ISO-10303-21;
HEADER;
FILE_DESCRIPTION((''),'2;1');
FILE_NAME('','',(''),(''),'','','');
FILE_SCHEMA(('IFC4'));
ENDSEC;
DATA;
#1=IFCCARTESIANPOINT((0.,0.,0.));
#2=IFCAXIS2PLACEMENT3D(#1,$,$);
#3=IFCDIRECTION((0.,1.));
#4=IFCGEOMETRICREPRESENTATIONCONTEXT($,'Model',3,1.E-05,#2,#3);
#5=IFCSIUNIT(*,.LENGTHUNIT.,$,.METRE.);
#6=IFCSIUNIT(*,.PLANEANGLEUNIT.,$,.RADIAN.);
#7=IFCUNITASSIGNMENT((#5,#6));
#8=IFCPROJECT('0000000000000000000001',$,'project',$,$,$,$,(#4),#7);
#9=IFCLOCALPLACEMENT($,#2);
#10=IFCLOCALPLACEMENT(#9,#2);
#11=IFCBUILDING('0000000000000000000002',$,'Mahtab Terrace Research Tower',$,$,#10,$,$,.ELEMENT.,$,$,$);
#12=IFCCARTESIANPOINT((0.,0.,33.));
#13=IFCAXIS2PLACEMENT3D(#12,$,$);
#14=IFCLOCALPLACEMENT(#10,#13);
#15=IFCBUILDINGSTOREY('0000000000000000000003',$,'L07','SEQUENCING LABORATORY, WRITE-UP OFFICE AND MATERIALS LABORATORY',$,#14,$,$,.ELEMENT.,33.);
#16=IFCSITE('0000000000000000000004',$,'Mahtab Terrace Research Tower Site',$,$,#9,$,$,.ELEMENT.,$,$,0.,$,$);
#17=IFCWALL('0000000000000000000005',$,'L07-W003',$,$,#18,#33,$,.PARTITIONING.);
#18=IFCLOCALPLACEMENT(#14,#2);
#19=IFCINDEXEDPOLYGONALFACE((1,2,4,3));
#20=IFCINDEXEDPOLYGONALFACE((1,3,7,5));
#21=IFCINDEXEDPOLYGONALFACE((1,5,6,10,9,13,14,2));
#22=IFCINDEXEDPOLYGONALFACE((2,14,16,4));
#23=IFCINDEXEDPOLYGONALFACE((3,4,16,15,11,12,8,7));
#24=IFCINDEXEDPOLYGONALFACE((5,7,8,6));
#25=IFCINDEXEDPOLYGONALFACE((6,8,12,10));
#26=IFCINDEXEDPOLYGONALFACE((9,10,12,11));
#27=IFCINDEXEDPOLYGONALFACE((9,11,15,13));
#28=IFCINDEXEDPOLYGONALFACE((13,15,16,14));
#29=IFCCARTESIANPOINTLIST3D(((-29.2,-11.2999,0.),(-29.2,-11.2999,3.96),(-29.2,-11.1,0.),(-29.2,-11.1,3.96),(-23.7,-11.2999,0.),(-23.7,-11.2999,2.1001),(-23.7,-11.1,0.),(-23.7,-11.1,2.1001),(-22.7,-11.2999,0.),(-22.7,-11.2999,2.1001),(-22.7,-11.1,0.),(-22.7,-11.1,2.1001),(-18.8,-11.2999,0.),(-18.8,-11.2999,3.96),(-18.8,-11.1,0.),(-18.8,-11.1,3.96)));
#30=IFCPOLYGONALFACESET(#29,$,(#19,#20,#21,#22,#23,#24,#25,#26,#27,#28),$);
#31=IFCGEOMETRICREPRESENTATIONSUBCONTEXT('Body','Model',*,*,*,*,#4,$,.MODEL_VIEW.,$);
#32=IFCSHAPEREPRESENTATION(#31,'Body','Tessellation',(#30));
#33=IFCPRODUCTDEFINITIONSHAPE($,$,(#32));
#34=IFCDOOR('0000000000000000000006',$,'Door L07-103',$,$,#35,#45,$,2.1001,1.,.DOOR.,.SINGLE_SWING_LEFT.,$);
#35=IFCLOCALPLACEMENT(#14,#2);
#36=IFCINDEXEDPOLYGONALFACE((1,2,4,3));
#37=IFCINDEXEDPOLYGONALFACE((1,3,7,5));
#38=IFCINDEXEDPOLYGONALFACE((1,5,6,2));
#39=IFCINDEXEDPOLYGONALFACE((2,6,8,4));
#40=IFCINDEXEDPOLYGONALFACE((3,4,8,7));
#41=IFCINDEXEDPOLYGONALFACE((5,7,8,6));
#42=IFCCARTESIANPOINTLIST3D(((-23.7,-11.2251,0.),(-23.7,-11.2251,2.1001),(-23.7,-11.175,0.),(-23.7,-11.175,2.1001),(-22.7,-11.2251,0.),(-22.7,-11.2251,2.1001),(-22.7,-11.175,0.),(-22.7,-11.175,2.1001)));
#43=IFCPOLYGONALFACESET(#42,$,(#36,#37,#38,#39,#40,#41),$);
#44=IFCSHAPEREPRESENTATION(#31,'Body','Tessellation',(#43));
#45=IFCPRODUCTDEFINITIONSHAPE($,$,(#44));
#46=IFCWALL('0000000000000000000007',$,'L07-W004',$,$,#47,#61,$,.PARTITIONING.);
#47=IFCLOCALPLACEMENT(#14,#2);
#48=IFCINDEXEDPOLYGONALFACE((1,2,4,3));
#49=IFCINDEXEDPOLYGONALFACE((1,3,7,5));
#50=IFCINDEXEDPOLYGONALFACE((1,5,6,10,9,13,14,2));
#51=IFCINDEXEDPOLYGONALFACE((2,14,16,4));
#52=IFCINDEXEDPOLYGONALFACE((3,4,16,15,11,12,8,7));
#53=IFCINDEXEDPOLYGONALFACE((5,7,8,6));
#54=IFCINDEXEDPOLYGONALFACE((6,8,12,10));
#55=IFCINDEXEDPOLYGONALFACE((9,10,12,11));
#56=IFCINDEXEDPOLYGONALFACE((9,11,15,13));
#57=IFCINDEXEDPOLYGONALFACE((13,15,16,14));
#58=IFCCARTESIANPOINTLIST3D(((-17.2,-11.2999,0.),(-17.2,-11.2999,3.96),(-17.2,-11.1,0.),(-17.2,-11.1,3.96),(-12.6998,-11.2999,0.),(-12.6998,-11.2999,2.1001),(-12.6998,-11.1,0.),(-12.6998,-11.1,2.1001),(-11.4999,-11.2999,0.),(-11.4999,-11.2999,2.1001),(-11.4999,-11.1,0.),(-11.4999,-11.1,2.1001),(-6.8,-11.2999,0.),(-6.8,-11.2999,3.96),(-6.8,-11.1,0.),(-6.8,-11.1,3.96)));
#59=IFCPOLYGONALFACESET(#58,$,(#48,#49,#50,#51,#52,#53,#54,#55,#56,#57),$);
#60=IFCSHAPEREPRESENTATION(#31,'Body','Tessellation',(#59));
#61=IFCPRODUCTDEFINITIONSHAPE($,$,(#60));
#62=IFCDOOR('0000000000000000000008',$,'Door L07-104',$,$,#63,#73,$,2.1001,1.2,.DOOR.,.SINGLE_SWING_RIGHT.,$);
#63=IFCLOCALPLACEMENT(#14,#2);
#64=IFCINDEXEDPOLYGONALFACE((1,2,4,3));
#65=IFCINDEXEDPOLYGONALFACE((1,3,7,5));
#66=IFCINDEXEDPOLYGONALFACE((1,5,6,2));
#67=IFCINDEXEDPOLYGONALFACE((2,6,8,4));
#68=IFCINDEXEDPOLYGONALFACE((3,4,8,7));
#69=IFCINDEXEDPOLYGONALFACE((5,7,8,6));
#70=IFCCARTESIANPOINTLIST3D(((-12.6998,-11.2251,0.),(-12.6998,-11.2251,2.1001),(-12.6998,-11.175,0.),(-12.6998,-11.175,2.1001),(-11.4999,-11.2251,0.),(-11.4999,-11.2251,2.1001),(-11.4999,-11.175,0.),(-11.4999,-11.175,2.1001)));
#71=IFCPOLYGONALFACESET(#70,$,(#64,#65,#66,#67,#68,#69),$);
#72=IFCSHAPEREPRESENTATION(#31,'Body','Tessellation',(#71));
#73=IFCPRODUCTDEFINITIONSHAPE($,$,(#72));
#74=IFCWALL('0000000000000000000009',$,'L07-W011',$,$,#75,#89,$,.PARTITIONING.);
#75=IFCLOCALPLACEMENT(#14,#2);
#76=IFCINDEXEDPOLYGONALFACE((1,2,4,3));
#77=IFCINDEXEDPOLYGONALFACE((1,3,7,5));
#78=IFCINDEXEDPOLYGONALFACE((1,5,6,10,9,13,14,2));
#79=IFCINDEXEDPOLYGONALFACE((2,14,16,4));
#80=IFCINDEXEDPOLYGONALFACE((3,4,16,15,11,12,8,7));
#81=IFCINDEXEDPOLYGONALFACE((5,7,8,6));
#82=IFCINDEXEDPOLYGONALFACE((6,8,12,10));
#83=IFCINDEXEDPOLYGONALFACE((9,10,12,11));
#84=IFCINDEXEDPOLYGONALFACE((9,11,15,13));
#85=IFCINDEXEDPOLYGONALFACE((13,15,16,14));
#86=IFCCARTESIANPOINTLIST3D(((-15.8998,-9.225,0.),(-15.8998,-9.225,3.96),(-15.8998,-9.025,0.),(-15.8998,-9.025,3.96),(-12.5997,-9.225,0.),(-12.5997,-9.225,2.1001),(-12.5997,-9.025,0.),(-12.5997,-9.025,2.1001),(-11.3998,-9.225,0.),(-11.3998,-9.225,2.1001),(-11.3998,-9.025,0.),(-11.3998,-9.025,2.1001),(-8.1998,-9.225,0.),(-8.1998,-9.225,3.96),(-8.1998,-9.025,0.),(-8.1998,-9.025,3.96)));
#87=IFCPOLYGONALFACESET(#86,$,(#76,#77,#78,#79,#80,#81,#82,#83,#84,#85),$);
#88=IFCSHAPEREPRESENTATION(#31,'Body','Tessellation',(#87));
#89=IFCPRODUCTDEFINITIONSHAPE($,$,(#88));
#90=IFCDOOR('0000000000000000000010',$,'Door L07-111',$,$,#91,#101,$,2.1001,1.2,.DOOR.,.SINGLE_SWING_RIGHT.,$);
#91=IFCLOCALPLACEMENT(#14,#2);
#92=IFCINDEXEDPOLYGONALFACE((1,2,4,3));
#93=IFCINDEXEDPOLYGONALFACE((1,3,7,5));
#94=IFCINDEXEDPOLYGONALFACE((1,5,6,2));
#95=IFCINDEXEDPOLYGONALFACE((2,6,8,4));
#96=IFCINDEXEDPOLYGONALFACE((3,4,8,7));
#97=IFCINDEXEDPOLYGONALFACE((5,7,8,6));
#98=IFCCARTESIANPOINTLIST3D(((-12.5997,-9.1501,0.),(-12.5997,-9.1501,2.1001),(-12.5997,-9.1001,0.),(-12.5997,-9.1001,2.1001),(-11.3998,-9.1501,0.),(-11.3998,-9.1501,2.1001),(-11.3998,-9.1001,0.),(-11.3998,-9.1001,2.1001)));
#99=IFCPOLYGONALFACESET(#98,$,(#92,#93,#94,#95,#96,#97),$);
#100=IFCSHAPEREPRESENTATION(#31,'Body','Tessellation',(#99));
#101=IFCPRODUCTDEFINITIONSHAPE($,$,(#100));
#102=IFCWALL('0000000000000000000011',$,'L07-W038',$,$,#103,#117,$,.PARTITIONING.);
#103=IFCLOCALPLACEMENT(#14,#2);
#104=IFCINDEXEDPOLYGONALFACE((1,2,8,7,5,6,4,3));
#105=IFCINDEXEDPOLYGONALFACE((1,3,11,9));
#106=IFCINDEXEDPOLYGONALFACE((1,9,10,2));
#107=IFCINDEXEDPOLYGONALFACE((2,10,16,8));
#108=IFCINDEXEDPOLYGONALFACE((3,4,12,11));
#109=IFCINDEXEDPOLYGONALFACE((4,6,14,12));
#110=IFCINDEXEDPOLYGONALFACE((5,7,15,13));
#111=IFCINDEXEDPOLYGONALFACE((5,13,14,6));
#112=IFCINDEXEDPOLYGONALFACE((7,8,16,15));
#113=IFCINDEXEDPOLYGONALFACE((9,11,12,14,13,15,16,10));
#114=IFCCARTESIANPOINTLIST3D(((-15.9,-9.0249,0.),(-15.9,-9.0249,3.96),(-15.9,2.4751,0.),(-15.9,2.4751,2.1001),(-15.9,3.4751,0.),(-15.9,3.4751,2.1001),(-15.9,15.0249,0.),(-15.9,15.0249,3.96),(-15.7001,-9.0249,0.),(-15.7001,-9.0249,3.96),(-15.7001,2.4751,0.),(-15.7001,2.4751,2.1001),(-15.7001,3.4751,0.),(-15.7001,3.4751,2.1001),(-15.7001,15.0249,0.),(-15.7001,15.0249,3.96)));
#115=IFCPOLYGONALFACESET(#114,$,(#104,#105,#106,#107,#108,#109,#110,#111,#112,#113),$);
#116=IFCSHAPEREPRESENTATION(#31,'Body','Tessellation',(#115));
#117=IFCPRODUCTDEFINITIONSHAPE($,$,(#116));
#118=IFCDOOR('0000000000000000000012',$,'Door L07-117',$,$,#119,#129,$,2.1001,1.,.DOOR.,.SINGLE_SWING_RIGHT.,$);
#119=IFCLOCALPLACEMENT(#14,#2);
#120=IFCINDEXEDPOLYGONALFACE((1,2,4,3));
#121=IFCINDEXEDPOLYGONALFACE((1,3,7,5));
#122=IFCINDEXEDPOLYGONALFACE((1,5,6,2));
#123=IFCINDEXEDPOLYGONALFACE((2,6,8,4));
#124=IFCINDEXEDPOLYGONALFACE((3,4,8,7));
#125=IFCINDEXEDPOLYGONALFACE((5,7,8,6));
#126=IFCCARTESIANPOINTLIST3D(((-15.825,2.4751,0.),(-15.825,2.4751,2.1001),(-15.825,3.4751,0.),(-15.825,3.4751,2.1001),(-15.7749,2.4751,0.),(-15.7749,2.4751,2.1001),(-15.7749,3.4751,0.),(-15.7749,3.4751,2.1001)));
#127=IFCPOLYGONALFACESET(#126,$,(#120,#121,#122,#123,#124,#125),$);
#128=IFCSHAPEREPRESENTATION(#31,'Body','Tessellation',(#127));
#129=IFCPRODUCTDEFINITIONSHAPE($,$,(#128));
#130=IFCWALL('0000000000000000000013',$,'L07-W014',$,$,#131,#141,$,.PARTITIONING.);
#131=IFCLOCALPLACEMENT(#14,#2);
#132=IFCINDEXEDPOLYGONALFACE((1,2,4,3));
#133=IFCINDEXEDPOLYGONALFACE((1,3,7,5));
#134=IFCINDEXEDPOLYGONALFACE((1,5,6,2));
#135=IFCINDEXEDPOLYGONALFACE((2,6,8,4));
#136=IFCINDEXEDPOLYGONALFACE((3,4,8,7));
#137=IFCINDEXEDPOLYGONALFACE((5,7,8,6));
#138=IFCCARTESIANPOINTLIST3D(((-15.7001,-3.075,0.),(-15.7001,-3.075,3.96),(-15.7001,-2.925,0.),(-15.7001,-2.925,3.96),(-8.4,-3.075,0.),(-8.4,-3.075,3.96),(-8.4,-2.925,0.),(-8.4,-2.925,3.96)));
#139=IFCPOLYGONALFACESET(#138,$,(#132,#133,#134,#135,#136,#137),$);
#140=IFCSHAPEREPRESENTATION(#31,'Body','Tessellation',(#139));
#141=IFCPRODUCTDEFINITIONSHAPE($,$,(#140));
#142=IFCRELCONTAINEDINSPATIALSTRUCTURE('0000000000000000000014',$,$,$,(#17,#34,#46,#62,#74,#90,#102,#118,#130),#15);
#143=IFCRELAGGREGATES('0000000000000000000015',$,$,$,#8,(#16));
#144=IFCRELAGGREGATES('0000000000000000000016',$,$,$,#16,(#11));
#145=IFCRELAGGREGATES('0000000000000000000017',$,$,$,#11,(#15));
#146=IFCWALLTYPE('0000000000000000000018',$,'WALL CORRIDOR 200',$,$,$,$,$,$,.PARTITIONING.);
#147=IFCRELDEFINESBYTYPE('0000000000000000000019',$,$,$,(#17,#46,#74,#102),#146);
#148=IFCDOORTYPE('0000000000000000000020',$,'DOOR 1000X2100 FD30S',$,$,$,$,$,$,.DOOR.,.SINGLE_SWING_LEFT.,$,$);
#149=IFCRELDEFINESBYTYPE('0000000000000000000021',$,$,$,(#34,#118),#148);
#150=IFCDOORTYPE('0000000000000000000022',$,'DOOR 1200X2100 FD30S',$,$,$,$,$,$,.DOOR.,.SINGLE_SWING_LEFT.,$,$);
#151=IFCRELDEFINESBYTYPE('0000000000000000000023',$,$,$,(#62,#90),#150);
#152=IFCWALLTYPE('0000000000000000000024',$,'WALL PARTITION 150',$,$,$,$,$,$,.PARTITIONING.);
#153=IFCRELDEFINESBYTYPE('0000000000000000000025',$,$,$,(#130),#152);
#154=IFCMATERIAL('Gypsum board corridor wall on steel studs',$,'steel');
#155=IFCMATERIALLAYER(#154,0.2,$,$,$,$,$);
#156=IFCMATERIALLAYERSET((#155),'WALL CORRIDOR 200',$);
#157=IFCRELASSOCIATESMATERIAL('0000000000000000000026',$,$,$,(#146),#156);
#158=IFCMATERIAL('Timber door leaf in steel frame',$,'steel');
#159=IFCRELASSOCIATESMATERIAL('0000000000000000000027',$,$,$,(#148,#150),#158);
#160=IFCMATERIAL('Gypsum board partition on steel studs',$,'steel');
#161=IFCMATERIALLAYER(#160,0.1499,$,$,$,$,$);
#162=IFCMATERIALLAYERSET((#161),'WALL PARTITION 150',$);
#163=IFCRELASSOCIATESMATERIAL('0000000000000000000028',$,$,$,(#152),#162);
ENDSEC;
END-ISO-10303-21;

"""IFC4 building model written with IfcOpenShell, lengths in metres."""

from ifc_helpers import new_model, si_unit, direction, frame, frame_2d, origin, place, context, subcontext, project, spatial, rectangle, extrude, material, layer, layer_set, type_object, element, fill, save


model = new_model("IFC4")

# Units and contexts
model_context = context("Model", 3, precision=1e-05, world=origin(), true_north=direction((0.0, 1.0)))
body_context = subcontext(model_context, "Body", "Model", "MODEL_VIEW")
ifc_project = project(units=[si_unit("LENGTHUNIT", "METRE"), si_unit("PLANEANGLEUNIT", "RADIAN")], contexts=[model_context])

# Site, building, storey
site_placement = place(None, origin())
site = spatial("IfcSite", under=ifc_project, at=site_placement, Name="Mahtab Terrace Research Tower Site", CompositionType="ELEMENT", RefElevation=0.0)
building_placement = place(site_placement, origin())
building = spatial("IfcBuilding", under=site, at=building_placement, Name="Mahtab Terrace Research Tower", CompositionType="ELEMENT")
storey_placement = place(building_placement, frame((0.0, 0.0, 33.0)))
storey = spatial("IfcBuildingStorey", under=building, at=storey_placement, Name="L07", Description="SEQUENCING LABORATORY, WRITE-UP OFFICE AND MATERIALS LABORATORY", CompositionType="ELEMENT", Elevation=33.0)

# Walls, openings, doors
ifc_material_1 = material(Name="Gypsum board corridor wall on steel studs", Category="steel")
ifc_layer_1 = layer(ifc_material_1, 0.2)
ifc_layer_set_1 = layer_set([ifc_layer_1], Name="WALL CORRIDOR 200")
wall_type_1 = type_object("IfcWallType", Name="WALL CORRIDOR 200", PredefinedType="PARTITIONING", material=ifc_layer_set_1)
wall_1_placement = place(storey_placement, frame((-29.2, -11.2, 0.0), z_axis=(0.0, 0.0, 1.0), x_axis=(1.0, 0.0, 0.0)))
wall_1 = element("IfcWall", 1, at=wall_1_placement, inside=storey, type_object=wall_type_1, Name="L07-W003", PredefinedType="PARTITIONING", context=body_context, shape_type="SweptSolid", body=[
    extrude(rectangle(XDim=10.3999, YDim=0.2, at=frame_2d((5.2, 0.0))), origin(), (0.0, 0.0, 1.0), 3.96),
])
opening_1_placement = place(wall_1_placement, frame((5.5, 0.0, 0.0)))
opening_1 = element("IfcOpeningElement", 2, at=opening_1_placement, cuts=wall_1, PredefinedType="OPENING", context=body_context, shape_type="SweptSolid", body=[
    extrude(rectangle(XDim=1.0, YDim=2.1001, at=frame_2d((0.5, 1.05))), frame((0.0, 0.1099, 0.0), z_axis=(0.0, -1.0, 0.0), x_axis=(1.0, 0.0, 0.0)), (0.0, 0.0, 1.0), 0.22),
])
ifc_material_2 = material(Name="Timber door leaf in steel frame", Category="steel")
door_type_1 = type_object("IfcDoorType", Name="DOOR 1000X2100 FD30S", OperationType="SINGLE_SWING_LEFT", PredefinedType="DOOR", material=ifc_material_2)
door_1_placement = place(opening_1_placement, origin())
door_1 = element("IfcDoor", 3, at=door_1_placement, inside=storey, type_object=door_type_1, Name="Door L07-103", OperationType="SINGLE_SWING_LEFT", OverallHeight=2.1001, OverallWidth=1.0, PredefinedType="DOOR", context=body_context, shape_type="SweptSolid", body=[
    extrude(rectangle(XDim=1.0, YDim=2.1001, at=frame_2d((0.5, 1.05))), frame((0.0, 0.0249, 0.0), z_axis=(0.0, -1.0, 0.0), x_axis=(1.0, 0.0, 0.0)), (0.0, 0.0, 1.0), 0.05),
])
fill(opening_1, door_1)
wall_2_placement = place(storey_placement, frame((-17.2, -11.2, 0.0), z_axis=(0.0, 0.0, 1.0), x_axis=(1.0, 0.0, 0.0)))
wall_2 = element("IfcWall", 4, at=wall_2_placement, inside=storey, type_object=wall_type_1, Name="L07-W004", PredefinedType="PARTITIONING", context=body_context, shape_type="SweptSolid", body=[
    extrude(rectangle(XDim=10.3999, YDim=0.2, at=frame_2d((5.2, 0.0))), origin(), (0.0, 0.0, 1.0), 3.96),
])
opening_2_placement = place(wall_2_placement, frame((4.5, 0.0, 0.0)))
opening_2 = element("IfcOpeningElement", 5, at=opening_2_placement, cuts=wall_2, PredefinedType="OPENING", context=body_context, shape_type="SweptSolid", body=[
    extrude(rectangle(XDim=1.2, YDim=2.1001, at=frame_2d((0.6001, 1.05))), frame((0.0, 0.1099, 0.0), z_axis=(0.0, -1.0, 0.0), x_axis=(1.0, 0.0, 0.0)), (0.0, 0.0, 1.0), 0.22),
])
door_type_2 = type_object("IfcDoorType", Name="DOOR 1200X2100 FD30S", OperationType="SINGLE_SWING_LEFT", PredefinedType="DOOR", material=ifc_material_2)
door_2_placement = place(opening_2_placement, origin())
door_2 = element("IfcDoor", 6, at=door_2_placement, inside=storey, type_object=door_type_2, Name="Door L07-104", OperationType="SINGLE_SWING_RIGHT", OverallHeight=2.1001, OverallWidth=1.2, PredefinedType="DOOR", context=body_context, shape_type="SweptSolid", body=[
    extrude(rectangle(XDim=1.2, YDim=2.1001, at=frame_2d((0.6001, 1.05))), frame((0.0, 0.0249, 0.0), z_axis=(0.0, -1.0, 0.0), x_axis=(1.0, 0.0, 0.0)), (0.0, 0.0, 1.0), 0.05),
])
fill(opening_2, door_2)
wall_3_placement = place(storey_placement, frame((-15.8999, -9.125, 0.0), z_axis=(0.0, 0.0, 1.0), x_axis=(1.0, 0.0, 0.0)))
wall_3 = element("IfcWall", 7, at=wall_3_placement, inside=storey, type_object=wall_type_1, Name="L07-W011", PredefinedType="PARTITIONING", context=body_context, shape_type="SweptSolid", body=[
    extrude(rectangle(XDim=7.7, YDim=0.2, at=frame_2d((3.8501, 0.0))), origin(), (0.0, 0.0, 1.0), 3.96),
])
opening_3_placement = place(wall_3_placement, frame((3.3, 0.0, 0.0)))
opening_3 = element("IfcOpeningElement", 8, at=opening_3_placement, cuts=wall_3, PredefinedType="OPENING", context=body_context, shape_type="SweptSolid", body=[
    extrude(rectangle(XDim=1.2, YDim=2.1001, at=frame_2d((0.6001, 1.05))), frame((0.0, 0.1099, 0.0), z_axis=(0.0, -1.0, 0.0), x_axis=(1.0, 0.0, 0.0)), (0.0, 0.0, 1.0), 0.22),
])
door_3_placement = place(opening_3_placement, origin())
door_3 = element("IfcDoor", 9, at=door_3_placement, inside=storey, type_object=door_type_2, Name="Door L07-111", OperationType="SINGLE_SWING_RIGHT", OverallHeight=2.1001, OverallWidth=1.2, PredefinedType="DOOR", context=body_context, shape_type="SweptSolid", body=[
    extrude(rectangle(XDim=1.2, YDim=2.1001, at=frame_2d((0.6001, 1.05))), frame((0.0, 0.0249, 0.0), z_axis=(0.0, -1.0, 0.0), x_axis=(1.0, 0.0, 0.0)), (0.0, 0.0, 1.0), 0.05),
])
fill(opening_3, door_3)
wall_4_placement = place(storey_placement, frame((-15.8, -9.0249, 0.0), z_axis=(0.0, 0.0, 1.0), x_axis=(0.0, 1.0, 0.0)))
wall_4 = element("IfcWall", 10, at=wall_4_placement, inside=storey, type_object=wall_type_1, Name="L07-W038", PredefinedType="PARTITIONING", context=body_context, shape_type="SweptSolid", body=[
    extrude(rectangle(XDim=24.0498, YDim=0.2, at=frame_2d((12.0249, 0.0))), origin(), (0.0, 0.0, 1.0), 3.96),
])
opening_4_placement = place(wall_4_placement, frame((11.5, 0.0, 0.0)))
opening_4 = element("IfcOpeningElement", 11, at=opening_4_placement, cuts=wall_4, PredefinedType="OPENING", context=body_context, shape_type="SweptSolid", body=[
    extrude(rectangle(XDim=1.0, YDim=2.1001, at=frame_2d((0.5, 1.05))), frame((0.0, 0.1099, 0.0), z_axis=(0.0, -1.0, 0.0), x_axis=(1.0, 0.0, 0.0)), (0.0, 0.0, 1.0), 0.22),
])
door_4_placement = place(opening_4_placement, origin())
door_4 = element("IfcDoor", 12, at=door_4_placement, inside=storey, type_object=door_type_1, Name="Door L07-117", OperationType="SINGLE_SWING_RIGHT", OverallHeight=2.1001, OverallWidth=1.0, PredefinedType="DOOR", context=body_context, shape_type="SweptSolid", body=[
    extrude(rectangle(XDim=1.0, YDim=2.1001, at=frame_2d((0.5, 1.05))), frame((0.0, 0.0249, 0.0), z_axis=(0.0, -1.0, 0.0), x_axis=(1.0, 0.0, 0.0)), (0.0, 0.0, 1.0), 0.05),
])
fill(opening_4, door_4)

# Wall
ifc_material_3 = material(Name="Gypsum board partition on steel studs", Category="steel")
ifc_layer_2 = layer(ifc_material_3, 0.1499)
ifc_layer_set_2 = layer_set([ifc_layer_2], Name="WALL PARTITION 150")
wall_type_2 = type_object("IfcWallType", Name="WALL PARTITION 150", PredefinedType="PARTITIONING", material=ifc_layer_set_2)
wall_5_placement = place(storey_placement, frame((-15.7, -3.0, 0.0), z_axis=(0.0, 0.0, 1.0), x_axis=(1.0, 0.0, 0.0)))
element("IfcWall", 13, at=wall_5_placement, inside=storey, type_object=wall_type_2, Name="L07-W014", PredefinedType="PARTITIONING", context=body_context, shape_type="SweptSolid", body=[
    extrude(rectangle(XDim=7.3, YDim=0.1499, at=frame_2d((3.6499, 0.0))), origin(), (0.0, 0.0, 1.0), 3.96),
])

save(model, "model.ifc")
